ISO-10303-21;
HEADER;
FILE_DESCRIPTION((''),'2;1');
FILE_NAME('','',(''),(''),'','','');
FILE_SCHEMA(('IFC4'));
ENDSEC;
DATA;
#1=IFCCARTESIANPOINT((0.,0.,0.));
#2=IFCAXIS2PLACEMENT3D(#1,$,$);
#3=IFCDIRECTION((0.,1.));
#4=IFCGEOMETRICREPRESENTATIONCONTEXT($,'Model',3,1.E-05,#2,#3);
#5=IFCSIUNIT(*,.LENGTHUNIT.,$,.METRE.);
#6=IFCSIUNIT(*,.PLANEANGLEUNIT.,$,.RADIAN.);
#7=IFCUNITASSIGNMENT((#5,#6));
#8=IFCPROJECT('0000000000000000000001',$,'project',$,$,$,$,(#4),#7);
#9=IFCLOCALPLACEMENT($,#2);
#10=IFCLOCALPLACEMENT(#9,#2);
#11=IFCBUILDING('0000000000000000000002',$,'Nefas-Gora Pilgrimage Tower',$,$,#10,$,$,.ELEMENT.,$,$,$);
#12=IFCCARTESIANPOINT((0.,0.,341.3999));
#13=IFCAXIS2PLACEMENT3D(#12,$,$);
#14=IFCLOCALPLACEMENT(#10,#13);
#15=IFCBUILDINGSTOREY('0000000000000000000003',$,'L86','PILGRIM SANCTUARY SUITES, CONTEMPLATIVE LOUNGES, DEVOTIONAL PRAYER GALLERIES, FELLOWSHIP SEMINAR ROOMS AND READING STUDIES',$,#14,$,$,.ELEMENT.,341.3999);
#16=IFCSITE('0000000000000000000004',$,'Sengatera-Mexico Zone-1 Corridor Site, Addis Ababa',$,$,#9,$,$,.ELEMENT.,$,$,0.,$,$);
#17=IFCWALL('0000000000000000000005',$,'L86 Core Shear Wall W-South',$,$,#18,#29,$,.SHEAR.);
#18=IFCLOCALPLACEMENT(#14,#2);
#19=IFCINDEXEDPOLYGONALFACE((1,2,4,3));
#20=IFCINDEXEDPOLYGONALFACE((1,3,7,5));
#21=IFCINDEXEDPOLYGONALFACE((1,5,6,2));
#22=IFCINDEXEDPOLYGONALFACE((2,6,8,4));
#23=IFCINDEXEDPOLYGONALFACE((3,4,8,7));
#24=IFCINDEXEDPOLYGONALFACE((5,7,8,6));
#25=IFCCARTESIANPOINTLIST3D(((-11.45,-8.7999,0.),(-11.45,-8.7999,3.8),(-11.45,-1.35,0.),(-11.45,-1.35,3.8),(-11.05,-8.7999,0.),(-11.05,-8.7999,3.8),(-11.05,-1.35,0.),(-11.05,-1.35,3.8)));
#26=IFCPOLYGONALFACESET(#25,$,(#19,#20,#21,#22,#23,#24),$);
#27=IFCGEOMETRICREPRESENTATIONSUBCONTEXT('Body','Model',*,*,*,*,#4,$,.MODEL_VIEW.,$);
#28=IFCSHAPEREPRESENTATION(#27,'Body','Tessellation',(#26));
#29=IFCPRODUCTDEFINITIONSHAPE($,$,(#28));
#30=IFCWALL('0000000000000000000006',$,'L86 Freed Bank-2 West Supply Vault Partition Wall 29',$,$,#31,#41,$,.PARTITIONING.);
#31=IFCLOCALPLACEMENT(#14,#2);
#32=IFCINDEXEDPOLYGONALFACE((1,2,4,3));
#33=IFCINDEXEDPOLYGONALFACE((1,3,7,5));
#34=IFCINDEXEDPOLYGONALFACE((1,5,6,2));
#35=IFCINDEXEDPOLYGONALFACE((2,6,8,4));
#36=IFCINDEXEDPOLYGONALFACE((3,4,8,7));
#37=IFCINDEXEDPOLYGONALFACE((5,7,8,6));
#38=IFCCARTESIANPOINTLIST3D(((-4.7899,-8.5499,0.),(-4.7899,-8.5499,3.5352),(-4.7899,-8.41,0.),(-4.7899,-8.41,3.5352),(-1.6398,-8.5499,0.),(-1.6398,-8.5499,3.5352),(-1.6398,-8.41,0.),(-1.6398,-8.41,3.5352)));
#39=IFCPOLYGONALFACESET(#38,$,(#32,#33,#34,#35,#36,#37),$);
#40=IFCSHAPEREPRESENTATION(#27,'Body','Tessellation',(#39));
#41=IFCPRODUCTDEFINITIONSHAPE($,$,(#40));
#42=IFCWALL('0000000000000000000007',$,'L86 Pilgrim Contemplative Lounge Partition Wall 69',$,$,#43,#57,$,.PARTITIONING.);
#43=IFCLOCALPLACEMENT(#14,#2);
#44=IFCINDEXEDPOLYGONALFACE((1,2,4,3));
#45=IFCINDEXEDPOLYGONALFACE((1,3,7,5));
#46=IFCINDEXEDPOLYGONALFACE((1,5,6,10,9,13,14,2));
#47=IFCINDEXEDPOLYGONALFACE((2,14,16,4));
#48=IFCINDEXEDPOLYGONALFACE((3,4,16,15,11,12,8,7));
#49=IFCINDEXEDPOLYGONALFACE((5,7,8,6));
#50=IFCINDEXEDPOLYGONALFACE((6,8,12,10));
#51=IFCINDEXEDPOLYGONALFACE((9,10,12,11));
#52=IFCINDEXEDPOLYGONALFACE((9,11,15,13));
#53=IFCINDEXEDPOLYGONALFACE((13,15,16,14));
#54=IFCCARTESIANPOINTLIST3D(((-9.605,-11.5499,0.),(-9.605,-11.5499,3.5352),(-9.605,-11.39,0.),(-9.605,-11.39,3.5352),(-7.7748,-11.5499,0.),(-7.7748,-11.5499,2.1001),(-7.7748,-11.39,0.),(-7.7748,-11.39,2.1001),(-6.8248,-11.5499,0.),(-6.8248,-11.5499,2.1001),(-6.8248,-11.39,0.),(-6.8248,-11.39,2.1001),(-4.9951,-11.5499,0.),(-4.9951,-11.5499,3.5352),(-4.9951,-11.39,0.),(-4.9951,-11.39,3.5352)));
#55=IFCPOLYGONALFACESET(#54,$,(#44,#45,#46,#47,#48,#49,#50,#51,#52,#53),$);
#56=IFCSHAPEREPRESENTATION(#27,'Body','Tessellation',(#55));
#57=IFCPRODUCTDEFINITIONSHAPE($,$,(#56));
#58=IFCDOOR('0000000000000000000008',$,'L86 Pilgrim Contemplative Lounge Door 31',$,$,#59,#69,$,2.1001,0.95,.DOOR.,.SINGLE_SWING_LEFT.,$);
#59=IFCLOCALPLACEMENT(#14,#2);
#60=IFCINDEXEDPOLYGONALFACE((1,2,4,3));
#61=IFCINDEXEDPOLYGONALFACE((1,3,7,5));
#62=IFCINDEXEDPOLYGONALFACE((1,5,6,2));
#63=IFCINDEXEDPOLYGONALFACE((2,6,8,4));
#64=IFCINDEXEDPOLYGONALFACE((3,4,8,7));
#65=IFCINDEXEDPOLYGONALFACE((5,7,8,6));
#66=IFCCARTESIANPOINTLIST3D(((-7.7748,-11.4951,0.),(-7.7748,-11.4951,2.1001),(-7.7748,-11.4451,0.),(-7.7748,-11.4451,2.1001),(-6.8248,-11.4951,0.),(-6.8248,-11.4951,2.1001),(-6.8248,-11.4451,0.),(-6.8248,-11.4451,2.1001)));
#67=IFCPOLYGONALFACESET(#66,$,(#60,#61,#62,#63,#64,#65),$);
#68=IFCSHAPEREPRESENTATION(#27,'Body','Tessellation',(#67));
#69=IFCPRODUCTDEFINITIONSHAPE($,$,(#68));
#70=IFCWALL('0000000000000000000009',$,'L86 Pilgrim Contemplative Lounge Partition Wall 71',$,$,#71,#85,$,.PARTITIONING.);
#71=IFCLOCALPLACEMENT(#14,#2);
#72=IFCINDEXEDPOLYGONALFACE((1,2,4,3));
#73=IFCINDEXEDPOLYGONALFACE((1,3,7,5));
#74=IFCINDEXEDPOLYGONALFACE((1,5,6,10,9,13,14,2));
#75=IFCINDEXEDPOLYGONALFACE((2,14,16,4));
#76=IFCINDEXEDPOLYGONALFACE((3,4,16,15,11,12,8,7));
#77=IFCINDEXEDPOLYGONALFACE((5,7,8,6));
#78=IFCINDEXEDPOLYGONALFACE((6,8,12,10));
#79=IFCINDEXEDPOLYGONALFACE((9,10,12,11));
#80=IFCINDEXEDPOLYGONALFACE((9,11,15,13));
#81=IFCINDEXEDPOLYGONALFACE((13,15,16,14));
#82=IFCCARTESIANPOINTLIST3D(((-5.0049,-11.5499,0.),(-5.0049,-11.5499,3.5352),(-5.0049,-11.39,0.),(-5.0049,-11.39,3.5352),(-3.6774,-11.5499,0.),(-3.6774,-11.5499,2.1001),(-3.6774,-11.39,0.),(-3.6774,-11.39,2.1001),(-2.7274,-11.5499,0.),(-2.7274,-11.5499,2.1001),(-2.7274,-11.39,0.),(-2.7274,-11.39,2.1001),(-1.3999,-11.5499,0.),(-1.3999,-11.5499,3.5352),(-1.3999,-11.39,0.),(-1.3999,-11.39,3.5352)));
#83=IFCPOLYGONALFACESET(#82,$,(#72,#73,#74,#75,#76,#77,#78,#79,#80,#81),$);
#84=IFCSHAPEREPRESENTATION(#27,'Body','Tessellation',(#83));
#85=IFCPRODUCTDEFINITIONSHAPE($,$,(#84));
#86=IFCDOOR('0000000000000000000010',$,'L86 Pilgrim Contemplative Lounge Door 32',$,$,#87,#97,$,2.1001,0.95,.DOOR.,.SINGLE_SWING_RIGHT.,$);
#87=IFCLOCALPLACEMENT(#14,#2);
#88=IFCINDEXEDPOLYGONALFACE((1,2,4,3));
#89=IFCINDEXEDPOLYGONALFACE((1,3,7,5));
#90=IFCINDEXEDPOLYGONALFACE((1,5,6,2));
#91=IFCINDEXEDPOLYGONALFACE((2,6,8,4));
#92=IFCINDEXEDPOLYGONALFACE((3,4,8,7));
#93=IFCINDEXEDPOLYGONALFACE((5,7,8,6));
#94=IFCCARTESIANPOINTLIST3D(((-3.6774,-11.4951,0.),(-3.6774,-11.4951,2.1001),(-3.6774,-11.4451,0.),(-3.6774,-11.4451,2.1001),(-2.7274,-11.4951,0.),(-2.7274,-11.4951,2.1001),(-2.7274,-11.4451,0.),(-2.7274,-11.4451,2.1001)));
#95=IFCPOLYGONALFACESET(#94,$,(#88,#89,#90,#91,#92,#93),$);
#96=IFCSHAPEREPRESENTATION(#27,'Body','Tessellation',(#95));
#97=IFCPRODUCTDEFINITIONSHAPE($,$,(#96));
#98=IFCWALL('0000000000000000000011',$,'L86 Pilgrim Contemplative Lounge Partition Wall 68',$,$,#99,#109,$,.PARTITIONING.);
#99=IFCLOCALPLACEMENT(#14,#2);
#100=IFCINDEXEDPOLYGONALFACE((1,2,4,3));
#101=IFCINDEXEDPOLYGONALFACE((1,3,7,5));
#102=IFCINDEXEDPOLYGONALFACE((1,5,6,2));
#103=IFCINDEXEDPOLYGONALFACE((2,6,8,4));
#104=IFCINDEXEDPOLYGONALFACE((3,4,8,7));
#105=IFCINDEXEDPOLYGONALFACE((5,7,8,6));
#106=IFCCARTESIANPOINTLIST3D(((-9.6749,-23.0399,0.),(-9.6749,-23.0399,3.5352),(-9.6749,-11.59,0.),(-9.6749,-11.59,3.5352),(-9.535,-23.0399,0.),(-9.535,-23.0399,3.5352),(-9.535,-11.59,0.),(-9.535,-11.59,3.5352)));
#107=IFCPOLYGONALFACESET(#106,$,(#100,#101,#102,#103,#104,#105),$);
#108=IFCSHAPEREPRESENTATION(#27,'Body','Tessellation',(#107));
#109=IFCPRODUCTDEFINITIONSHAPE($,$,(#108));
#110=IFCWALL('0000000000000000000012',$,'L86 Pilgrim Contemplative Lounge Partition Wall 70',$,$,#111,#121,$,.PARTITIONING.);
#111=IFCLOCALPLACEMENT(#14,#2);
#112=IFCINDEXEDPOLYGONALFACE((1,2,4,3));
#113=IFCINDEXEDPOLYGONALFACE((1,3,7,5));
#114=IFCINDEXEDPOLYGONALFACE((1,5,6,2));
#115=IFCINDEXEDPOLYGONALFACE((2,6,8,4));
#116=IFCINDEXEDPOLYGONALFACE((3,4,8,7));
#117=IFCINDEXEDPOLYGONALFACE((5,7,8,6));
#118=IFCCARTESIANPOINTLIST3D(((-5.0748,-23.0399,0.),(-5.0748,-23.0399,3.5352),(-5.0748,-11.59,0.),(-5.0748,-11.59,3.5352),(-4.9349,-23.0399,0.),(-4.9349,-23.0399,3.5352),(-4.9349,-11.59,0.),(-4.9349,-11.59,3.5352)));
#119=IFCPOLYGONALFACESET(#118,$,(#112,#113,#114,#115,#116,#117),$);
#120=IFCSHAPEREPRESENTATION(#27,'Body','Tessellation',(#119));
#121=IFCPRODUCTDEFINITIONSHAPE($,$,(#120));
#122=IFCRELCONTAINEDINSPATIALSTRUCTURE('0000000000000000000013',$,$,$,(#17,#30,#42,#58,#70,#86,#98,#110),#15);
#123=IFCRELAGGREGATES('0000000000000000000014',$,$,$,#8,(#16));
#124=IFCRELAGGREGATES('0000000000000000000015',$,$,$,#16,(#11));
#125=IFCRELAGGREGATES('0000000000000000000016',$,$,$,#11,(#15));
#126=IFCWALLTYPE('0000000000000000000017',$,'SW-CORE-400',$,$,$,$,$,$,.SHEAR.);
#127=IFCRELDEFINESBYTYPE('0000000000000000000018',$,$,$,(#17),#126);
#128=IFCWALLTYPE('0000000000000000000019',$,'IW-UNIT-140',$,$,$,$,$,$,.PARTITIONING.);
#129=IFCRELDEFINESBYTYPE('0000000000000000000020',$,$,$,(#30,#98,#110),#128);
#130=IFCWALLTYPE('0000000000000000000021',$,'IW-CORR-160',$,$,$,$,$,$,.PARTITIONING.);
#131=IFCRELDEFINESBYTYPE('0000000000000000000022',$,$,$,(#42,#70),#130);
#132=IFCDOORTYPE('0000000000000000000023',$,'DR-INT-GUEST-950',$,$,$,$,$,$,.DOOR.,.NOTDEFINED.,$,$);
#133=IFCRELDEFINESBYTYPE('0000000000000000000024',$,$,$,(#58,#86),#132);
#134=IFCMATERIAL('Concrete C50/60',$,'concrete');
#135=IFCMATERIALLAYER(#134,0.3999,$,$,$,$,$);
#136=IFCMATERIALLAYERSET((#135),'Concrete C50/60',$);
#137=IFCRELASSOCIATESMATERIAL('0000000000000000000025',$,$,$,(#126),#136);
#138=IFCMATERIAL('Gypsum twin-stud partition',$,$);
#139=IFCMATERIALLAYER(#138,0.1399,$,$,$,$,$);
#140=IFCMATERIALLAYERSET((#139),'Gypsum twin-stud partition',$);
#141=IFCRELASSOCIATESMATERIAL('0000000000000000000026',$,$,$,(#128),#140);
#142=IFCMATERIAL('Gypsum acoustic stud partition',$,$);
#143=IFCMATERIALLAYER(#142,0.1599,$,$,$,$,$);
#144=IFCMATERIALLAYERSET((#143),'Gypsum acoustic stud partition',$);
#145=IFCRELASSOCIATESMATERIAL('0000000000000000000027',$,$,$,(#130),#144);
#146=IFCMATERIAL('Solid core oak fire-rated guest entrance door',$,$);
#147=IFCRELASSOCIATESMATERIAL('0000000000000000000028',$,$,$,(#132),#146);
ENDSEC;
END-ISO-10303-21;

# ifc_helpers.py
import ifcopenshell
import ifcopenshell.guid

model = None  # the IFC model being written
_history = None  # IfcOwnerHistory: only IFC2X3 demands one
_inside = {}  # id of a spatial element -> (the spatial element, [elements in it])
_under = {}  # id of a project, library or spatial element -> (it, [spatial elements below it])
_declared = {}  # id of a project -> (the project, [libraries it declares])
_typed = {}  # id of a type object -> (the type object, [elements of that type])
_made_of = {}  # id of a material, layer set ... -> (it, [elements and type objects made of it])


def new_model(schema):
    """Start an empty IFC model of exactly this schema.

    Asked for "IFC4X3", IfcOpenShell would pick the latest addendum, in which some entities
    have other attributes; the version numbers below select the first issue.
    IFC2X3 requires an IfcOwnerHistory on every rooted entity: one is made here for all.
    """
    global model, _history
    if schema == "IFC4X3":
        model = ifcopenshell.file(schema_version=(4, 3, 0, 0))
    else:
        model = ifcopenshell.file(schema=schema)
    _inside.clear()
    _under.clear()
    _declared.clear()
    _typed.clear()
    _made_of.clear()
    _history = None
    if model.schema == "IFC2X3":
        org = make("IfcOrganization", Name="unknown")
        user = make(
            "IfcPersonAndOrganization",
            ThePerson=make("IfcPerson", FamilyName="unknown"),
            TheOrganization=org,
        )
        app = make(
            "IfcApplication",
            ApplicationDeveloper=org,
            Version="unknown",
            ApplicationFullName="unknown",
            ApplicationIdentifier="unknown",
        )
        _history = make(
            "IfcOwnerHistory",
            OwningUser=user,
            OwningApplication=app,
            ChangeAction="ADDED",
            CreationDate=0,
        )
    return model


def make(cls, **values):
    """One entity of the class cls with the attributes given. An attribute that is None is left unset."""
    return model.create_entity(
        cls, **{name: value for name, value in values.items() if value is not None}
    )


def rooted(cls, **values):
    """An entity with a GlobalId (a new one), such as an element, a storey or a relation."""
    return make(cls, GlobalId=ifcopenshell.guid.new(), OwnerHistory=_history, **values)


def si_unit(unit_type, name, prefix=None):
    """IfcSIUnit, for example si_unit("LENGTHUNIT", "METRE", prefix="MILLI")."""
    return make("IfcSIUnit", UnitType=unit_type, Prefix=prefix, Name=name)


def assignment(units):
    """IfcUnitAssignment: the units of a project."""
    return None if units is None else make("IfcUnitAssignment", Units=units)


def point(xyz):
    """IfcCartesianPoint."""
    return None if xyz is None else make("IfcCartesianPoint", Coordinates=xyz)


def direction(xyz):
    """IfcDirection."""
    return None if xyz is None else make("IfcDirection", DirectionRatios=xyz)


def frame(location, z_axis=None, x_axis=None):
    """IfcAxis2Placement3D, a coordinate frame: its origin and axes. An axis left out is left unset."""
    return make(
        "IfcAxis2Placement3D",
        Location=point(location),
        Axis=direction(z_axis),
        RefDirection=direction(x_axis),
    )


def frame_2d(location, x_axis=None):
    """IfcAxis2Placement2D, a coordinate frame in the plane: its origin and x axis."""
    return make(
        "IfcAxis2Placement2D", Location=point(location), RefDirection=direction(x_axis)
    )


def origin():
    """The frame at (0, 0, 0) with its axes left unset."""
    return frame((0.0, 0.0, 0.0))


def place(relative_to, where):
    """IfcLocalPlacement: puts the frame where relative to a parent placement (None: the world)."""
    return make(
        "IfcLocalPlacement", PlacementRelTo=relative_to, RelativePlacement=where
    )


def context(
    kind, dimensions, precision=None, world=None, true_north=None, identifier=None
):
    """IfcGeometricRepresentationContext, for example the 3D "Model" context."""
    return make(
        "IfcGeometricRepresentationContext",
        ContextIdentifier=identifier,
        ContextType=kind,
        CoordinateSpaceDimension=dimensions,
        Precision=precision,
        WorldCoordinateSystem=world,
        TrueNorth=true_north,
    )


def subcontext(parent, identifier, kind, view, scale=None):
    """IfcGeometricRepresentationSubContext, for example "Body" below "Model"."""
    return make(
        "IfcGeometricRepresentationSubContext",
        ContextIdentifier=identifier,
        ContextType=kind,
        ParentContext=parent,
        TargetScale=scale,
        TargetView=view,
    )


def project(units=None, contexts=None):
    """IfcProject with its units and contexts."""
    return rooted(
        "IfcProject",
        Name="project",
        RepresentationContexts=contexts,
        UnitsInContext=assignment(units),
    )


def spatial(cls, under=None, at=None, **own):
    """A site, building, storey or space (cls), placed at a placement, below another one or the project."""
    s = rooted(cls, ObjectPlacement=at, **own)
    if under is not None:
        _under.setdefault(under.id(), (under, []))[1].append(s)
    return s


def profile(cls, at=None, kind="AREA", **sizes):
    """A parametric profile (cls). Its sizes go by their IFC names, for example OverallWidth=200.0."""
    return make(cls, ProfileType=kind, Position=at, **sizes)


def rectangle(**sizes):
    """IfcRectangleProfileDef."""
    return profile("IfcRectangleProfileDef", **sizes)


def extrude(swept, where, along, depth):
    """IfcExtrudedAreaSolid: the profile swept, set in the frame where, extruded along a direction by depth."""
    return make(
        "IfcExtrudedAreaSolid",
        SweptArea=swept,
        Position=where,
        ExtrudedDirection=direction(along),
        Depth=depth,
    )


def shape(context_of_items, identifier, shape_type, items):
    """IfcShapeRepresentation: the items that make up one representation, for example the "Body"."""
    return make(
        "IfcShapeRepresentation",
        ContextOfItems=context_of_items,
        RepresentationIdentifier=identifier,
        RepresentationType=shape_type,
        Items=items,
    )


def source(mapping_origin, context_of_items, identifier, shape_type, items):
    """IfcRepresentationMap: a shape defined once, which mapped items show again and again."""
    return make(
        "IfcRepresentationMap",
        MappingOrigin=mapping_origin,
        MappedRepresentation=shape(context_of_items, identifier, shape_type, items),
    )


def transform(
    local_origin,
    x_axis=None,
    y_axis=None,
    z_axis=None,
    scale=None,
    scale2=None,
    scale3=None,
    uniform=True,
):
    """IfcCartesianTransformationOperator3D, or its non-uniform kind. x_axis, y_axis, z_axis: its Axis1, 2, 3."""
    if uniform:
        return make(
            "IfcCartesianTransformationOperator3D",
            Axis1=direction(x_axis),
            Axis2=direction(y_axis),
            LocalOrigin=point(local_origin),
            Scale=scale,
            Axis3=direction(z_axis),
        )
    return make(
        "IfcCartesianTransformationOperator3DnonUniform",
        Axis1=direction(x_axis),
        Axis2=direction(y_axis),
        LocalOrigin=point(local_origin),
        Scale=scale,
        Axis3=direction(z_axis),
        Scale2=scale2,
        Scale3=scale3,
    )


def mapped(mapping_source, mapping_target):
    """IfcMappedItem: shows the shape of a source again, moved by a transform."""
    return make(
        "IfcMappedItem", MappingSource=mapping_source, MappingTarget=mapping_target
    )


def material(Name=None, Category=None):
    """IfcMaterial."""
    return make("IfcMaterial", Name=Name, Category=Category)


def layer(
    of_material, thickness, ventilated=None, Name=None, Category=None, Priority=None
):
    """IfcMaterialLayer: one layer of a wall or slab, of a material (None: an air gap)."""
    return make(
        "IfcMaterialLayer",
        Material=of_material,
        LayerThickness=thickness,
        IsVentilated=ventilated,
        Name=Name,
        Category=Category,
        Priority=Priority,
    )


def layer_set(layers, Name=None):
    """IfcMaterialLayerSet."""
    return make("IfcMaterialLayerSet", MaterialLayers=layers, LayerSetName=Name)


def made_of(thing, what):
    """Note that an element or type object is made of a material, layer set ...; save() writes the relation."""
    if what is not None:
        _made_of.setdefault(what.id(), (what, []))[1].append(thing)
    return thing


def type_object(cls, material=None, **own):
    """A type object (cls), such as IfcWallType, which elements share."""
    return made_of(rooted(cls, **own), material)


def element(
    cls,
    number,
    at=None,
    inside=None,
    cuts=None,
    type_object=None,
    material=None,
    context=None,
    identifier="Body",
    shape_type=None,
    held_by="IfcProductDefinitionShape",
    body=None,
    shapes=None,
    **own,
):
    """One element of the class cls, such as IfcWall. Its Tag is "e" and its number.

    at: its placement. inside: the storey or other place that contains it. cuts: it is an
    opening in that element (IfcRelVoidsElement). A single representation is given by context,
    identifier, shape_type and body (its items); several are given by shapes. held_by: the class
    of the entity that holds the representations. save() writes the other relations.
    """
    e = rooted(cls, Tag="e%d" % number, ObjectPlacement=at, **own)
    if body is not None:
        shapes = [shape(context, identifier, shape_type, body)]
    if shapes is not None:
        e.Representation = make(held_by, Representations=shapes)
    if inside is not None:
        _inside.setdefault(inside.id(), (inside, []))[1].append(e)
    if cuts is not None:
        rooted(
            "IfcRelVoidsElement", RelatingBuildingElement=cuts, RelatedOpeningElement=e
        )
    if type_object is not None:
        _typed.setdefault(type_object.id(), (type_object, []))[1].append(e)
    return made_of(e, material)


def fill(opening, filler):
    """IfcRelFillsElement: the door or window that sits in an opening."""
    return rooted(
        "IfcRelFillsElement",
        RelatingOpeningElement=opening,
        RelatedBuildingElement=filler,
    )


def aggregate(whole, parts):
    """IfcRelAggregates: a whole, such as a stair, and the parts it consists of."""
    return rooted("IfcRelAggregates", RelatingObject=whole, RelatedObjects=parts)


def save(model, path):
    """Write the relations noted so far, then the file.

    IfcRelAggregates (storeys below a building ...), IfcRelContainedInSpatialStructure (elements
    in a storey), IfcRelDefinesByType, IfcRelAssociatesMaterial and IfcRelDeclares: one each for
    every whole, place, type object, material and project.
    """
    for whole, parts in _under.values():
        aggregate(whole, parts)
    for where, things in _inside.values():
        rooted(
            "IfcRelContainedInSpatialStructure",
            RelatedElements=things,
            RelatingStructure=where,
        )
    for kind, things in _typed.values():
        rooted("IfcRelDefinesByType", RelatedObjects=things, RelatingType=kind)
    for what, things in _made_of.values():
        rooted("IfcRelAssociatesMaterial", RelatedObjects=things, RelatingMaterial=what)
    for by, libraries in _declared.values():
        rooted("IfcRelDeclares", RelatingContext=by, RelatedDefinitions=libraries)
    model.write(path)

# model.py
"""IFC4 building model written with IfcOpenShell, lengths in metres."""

from ifc_helpers import new_model, si_unit, direction, frame, frame_2d, origin, place, context, subcontext, project, spatial, rectangle, extrude, source, transform, mapped, material, layer, layer_set, type_object, element, fill, save


model = new_model("IFC4")

# Units and contexts
model_context = context("Model", 3, precision=1e-05, world=origin(), true_north=direction((0.0, 1.0)))
body_context = subcontext(model_context, "Body", "Model", "MODEL_VIEW")
ifc_project = project(units=[si_unit("LENGTHUNIT", "METRE"), si_unit("PLANEANGLEUNIT", "RADIAN")], contexts=[model_context])

# Site, building, storey
site_placement = place(None, origin())
site = spatial("IfcSite", under=ifc_project, at=site_placement, Name="Sengatera-Mexico Zone-1 Corridor Site, Addis Ababa", CompositionType="ELEMENT", RefElevation=0.0)
building_placement = place(site_placement, origin())
building = spatial("IfcBuilding", under=site, at=building_placement, Name="Nefas-Gora Pilgrimage Tower", CompositionType="ELEMENT")
storey_placement = place(building_placement, frame((0.0, 0.0, 341.3999)))
storey = spatial("IfcBuildingStorey", under=building, at=storey_placement, Name="L86", Description="PILGRIM SANCTUARY SUITES, CONTEMPLATIVE LOUNGES, DEVOTIONAL PRAYER GALLERIES, FELLOWSHIP SEMINAR ROOMS AND READING STUDIES", CompositionType="ELEMENT", Elevation=341.3999)

# Shared definitions
ifc_material_1 = material(Name="Concrete C50/60", Category="concrete")

# Walls
ifc_layer_1 = layer(ifc_material_1, 0.3999)
ifc_layer_set_1 = layer_set([ifc_layer_1], Name="Concrete C50/60")
wall_type_1 = type_object("IfcWallType", Name="SW-CORE-400", PredefinedType="SHEAR", material=ifc_layer_set_1)
shared_shape_1 = source(origin(), body_context, "Body", "SweptSolid", [
    extrude(rectangle(XDim=7.45, YDim=0.3999, at=frame_2d((3.7251, 0.0))), origin(), (0.0, 0.0, 1.0), 3.8),
])
wall_1_placement = place(storey_placement, frame((-11.25, -8.8, 0.0), z_axis=(0.0, 0.0, 1.0), x_axis=(0.0, 1.0, 0.0)))
element("IfcWall", 1, at=wall_1_placement, inside=storey, type_object=wall_type_1, Name="L86 Core Shear Wall W-South", PredefinedType="SHEAR", context=body_context, shape_type="MappedRepresentation", body=[
    mapped(shared_shape_1, transform((0.0, 0.0, 0.0), x_axis=(1.0, 0.0, 0.0), y_axis=(0.0, 1.0, 0.0), z_axis=(0.0, 0.0, 1.0), scale=1.0)),
])
ifc_material_2 = material(Name="Gypsum twin-stud partition")
ifc_layer_2 = layer(ifc_material_2, 0.1399)
ifc_layer_set_2 = layer_set([ifc_layer_2], Name="Gypsum twin-stud partition")
wall_type_2 = type_object("IfcWallType", Name="IW-UNIT-140", PredefinedType="PARTITIONING", material=ifc_layer_set_2)
shared_shape_2 = source(origin(), body_context, "Body", "SweptSolid", [
    extrude(rectangle(XDim=3.1501, YDim=0.1399, at=frame_2d((1.5752, 0.0))), origin(), (0.0, 0.0, 1.0), 3.5352),
])
wall_2_placement = place(storey_placement, frame((-4.79, -8.48, 0.0), z_axis=(0.0, 0.0, 1.0), x_axis=(1.0, 0.0, 0.0)))
element("IfcWall", 2, at=wall_2_placement, inside=storey, type_object=wall_type_2, Name="L86 Freed Bank-2 West Supply Vault Partition Wall 29", PredefinedType="PARTITIONING", context=body_context, shape_type="MappedRepresentation", body=[
    mapped(shared_shape_2, transform((0.0, 0.0, 0.0), x_axis=(1.0, 0.0, 0.0), y_axis=(0.0, 1.0, 0.0), z_axis=(0.0, 0.0, 1.0), scale=1.0)),
])

# Walls, openings, doors
ifc_material_3 = material(Name="Gypsum acoustic stud partition")
ifc_layer_3 = layer(ifc_material_3, 0.1599)
ifc_layer_set_3 = layer_set([ifc_layer_3], Name="Gypsum acoustic stud partition")
wall_type_3 = type_object("IfcWallType", Name="IW-CORR-160", PredefinedType="PARTITIONING", material=ifc_layer_set_3)
shared_shape_3 = source(origin(), body_context, "Body", "SweptSolid", [
    extrude(rectangle(XDim=4.6099, YDim=0.1599, at=frame_2d((2.3049, 0.0))), origin(), (0.0, 0.0, 1.0), 3.5352),
])
wall_3_placement = place(storey_placement, frame((-9.605, -11.47, 0.0), z_axis=(0.0, 0.0, 1.0), x_axis=(1.0, 0.0, 0.0)))
wall_3 = element("IfcWall", 3, at=wall_3_placement, inside=storey, type_object=wall_type_3, Name="L86 Pilgrim Contemplative Lounge Partition Wall 69", PredefinedType="PARTITIONING", context=body_context, shape_type="MappedRepresentation", body=[
    mapped(shared_shape_3, transform((0.0, 0.0, 0.0), x_axis=(1.0, 0.0, 0.0), y_axis=(0.0, 1.0, 0.0), z_axis=(0.0, 0.0, 1.0), scale=1.0)),
])
opening_1_placement = place(wall_3_placement, frame((1.8301, 0.0, 0.0)))
opening_1 = element("IfcOpeningElement", 4, at=opening_1_placement, cuts=wall_3, PredefinedType="OPENING", context=body_context, shape_type="SweptSolid", body=[
    extrude(rectangle(XDim=0.95, YDim=2.1001, at=frame_2d((0.4751, 1.05))), frame((0.0, 0.0898, 0.0), z_axis=(0.0, -1.0, 0.0), x_axis=(1.0, 0.0, 0.0)), (0.0, 0.0, 1.0), 0.1799),
])
ifc_material_4 = material(Name="Solid core oak fire-rated guest entrance door")
door_type = type_object("IfcDoorType", Name="DR-INT-GUEST-950", OperationType="NOTDEFINED", PredefinedType="DOOR", material=ifc_material_4)
shared_shape_4 = source(origin(), body_context, "Body", "SweptSolid", [
    extrude(rectangle(XDim=0.95, YDim=2.1001, at=frame_2d((0.4751, 1.05))), frame((0.0, 0.0249, 0.0), z_axis=(0.0, -1.0, 0.0), x_axis=(1.0, 0.0, 0.0)), (0.0, 0.0, 1.0), 0.05),
])
door_1_placement = place(opening_1_placement, origin())
door_1 = element("IfcDoor", 5, at=door_1_placement, inside=storey, type_object=door_type, Name="L86 Pilgrim Contemplative Lounge Door 31", OperationType="SINGLE_SWING_LEFT", OverallHeight=2.1001, OverallWidth=0.95, PredefinedType="DOOR", context=body_context, shape_type="MappedRepresentation", body=[
    mapped(shared_shape_4, transform((0.0, 0.0, 0.0), x_axis=(1.0, 0.0, 0.0), y_axis=(0.0, 1.0, 0.0), z_axis=(0.0, 0.0, 1.0), scale=1.0)),
])
fill(opening_1, door_1)
shared_shape_5 = source(origin(), body_context, "Body", "SweptSolid", [
    extrude(rectangle(XDim=3.605, YDim=0.1599, at=frame_2d((1.8025, 0.0))), origin(), (0.0, 0.0, 1.0), 3.5352),
])
wall_4_placement = place(storey_placement, frame((-5.0049, -11.47, 0.0), z_axis=(0.0, 0.0, 1.0), x_axis=(1.0, 0.0, 0.0)))
wall_4 = element("IfcWall", 6, at=wall_4_placement, inside=storey, type_object=wall_type_3, Name="L86 Pilgrim Contemplative Lounge Partition Wall 71", PredefinedType="PARTITIONING", context=body_context, shape_type="MappedRepresentation", body=[
    mapped(shared_shape_5, transform((0.0, 0.0, 0.0), x_axis=(1.0, 0.0, 0.0), y_axis=(0.0, 1.0, 0.0), z_axis=(0.0, 0.0, 1.0), scale=1.0)),
])
opening_2_placement = place(wall_4_placement, frame((1.3274, 0.0, 0.0)))
opening_2 = element("IfcOpeningElement", 7, at=opening_2_placement, cuts=wall_4, PredefinedType="OPENING", context=body_context, shape_type="SweptSolid", body=[
    extrude(rectangle(XDim=0.95, YDim=2.1001, at=frame_2d((0.4751, 1.05))), frame((0.0, 0.0898, 0.0), z_axis=(0.0, -1.0, 0.0), x_axis=(1.0, 0.0, 0.0)), (0.0, 0.0, 1.0), 0.1799),
])
door_2_placement = place(opening_2_placement, origin())
door_2 = element("IfcDoor", 8, at=door_2_placement, inside=storey, type_object=door_type, Name="L86 Pilgrim Contemplative Lounge Door 32", OperationType="SINGLE_SWING_RIGHT", OverallHeight=2.1001, OverallWidth=0.95, PredefinedType="DOOR", context=body_context, shape_type="MappedRepresentation", body=[
    mapped(shared_shape_4, transform((0.0, 0.0, 0.0), x_axis=(1.0, 0.0, 0.0), y_axis=(0.0, 1.0, 0.0), z_axis=(0.0, 0.0, 1.0), scale=1.0)),
])
fill(opening_2, door_2)

# Walls
shared_shape_6 = source(origin(), body_context, "Body", "SweptSolid", [
    extrude(rectangle(XDim=11.45, YDim=0.1399, at=frame_2d((5.7251, 0.0))), origin(), (0.0, 0.0, 1.0), 3.5352),
])
for number, where, z_axis, x_axis, name in (
    (9, (-9.605, -23.04, 0.0), (0.0, 0.0, 1.0), (0.0, 1.0, 0.0), "L86 Pilgrim Contemplative Lounge Partition Wall 68"),
    (10, (-5.0049, -23.04, 0.0), (0.0, 0.0, 1.0), (0.0, 1.0, 0.0), "L86 Pilgrim Contemplative Lounge Partition Wall 70"),
):
    element("IfcWall", number, at=place(storey_placement, frame(where, z_axis=z_axis, x_axis=x_axis)), inside=storey, type_object=wall_type_2, Name=name, PredefinedType="PARTITIONING", context=body_context, shape_type="MappedRepresentation", body=[
        mapped(shared_shape_6, transform((0.0, 0.0, 0.0), x_axis=(1.0, 0.0, 0.0), y_axis=(0.0, 1.0, 0.0), z_axis=(0.0, 0.0, 1.0), scale=1.0)),
    ])

save(model, "model.ifc")
